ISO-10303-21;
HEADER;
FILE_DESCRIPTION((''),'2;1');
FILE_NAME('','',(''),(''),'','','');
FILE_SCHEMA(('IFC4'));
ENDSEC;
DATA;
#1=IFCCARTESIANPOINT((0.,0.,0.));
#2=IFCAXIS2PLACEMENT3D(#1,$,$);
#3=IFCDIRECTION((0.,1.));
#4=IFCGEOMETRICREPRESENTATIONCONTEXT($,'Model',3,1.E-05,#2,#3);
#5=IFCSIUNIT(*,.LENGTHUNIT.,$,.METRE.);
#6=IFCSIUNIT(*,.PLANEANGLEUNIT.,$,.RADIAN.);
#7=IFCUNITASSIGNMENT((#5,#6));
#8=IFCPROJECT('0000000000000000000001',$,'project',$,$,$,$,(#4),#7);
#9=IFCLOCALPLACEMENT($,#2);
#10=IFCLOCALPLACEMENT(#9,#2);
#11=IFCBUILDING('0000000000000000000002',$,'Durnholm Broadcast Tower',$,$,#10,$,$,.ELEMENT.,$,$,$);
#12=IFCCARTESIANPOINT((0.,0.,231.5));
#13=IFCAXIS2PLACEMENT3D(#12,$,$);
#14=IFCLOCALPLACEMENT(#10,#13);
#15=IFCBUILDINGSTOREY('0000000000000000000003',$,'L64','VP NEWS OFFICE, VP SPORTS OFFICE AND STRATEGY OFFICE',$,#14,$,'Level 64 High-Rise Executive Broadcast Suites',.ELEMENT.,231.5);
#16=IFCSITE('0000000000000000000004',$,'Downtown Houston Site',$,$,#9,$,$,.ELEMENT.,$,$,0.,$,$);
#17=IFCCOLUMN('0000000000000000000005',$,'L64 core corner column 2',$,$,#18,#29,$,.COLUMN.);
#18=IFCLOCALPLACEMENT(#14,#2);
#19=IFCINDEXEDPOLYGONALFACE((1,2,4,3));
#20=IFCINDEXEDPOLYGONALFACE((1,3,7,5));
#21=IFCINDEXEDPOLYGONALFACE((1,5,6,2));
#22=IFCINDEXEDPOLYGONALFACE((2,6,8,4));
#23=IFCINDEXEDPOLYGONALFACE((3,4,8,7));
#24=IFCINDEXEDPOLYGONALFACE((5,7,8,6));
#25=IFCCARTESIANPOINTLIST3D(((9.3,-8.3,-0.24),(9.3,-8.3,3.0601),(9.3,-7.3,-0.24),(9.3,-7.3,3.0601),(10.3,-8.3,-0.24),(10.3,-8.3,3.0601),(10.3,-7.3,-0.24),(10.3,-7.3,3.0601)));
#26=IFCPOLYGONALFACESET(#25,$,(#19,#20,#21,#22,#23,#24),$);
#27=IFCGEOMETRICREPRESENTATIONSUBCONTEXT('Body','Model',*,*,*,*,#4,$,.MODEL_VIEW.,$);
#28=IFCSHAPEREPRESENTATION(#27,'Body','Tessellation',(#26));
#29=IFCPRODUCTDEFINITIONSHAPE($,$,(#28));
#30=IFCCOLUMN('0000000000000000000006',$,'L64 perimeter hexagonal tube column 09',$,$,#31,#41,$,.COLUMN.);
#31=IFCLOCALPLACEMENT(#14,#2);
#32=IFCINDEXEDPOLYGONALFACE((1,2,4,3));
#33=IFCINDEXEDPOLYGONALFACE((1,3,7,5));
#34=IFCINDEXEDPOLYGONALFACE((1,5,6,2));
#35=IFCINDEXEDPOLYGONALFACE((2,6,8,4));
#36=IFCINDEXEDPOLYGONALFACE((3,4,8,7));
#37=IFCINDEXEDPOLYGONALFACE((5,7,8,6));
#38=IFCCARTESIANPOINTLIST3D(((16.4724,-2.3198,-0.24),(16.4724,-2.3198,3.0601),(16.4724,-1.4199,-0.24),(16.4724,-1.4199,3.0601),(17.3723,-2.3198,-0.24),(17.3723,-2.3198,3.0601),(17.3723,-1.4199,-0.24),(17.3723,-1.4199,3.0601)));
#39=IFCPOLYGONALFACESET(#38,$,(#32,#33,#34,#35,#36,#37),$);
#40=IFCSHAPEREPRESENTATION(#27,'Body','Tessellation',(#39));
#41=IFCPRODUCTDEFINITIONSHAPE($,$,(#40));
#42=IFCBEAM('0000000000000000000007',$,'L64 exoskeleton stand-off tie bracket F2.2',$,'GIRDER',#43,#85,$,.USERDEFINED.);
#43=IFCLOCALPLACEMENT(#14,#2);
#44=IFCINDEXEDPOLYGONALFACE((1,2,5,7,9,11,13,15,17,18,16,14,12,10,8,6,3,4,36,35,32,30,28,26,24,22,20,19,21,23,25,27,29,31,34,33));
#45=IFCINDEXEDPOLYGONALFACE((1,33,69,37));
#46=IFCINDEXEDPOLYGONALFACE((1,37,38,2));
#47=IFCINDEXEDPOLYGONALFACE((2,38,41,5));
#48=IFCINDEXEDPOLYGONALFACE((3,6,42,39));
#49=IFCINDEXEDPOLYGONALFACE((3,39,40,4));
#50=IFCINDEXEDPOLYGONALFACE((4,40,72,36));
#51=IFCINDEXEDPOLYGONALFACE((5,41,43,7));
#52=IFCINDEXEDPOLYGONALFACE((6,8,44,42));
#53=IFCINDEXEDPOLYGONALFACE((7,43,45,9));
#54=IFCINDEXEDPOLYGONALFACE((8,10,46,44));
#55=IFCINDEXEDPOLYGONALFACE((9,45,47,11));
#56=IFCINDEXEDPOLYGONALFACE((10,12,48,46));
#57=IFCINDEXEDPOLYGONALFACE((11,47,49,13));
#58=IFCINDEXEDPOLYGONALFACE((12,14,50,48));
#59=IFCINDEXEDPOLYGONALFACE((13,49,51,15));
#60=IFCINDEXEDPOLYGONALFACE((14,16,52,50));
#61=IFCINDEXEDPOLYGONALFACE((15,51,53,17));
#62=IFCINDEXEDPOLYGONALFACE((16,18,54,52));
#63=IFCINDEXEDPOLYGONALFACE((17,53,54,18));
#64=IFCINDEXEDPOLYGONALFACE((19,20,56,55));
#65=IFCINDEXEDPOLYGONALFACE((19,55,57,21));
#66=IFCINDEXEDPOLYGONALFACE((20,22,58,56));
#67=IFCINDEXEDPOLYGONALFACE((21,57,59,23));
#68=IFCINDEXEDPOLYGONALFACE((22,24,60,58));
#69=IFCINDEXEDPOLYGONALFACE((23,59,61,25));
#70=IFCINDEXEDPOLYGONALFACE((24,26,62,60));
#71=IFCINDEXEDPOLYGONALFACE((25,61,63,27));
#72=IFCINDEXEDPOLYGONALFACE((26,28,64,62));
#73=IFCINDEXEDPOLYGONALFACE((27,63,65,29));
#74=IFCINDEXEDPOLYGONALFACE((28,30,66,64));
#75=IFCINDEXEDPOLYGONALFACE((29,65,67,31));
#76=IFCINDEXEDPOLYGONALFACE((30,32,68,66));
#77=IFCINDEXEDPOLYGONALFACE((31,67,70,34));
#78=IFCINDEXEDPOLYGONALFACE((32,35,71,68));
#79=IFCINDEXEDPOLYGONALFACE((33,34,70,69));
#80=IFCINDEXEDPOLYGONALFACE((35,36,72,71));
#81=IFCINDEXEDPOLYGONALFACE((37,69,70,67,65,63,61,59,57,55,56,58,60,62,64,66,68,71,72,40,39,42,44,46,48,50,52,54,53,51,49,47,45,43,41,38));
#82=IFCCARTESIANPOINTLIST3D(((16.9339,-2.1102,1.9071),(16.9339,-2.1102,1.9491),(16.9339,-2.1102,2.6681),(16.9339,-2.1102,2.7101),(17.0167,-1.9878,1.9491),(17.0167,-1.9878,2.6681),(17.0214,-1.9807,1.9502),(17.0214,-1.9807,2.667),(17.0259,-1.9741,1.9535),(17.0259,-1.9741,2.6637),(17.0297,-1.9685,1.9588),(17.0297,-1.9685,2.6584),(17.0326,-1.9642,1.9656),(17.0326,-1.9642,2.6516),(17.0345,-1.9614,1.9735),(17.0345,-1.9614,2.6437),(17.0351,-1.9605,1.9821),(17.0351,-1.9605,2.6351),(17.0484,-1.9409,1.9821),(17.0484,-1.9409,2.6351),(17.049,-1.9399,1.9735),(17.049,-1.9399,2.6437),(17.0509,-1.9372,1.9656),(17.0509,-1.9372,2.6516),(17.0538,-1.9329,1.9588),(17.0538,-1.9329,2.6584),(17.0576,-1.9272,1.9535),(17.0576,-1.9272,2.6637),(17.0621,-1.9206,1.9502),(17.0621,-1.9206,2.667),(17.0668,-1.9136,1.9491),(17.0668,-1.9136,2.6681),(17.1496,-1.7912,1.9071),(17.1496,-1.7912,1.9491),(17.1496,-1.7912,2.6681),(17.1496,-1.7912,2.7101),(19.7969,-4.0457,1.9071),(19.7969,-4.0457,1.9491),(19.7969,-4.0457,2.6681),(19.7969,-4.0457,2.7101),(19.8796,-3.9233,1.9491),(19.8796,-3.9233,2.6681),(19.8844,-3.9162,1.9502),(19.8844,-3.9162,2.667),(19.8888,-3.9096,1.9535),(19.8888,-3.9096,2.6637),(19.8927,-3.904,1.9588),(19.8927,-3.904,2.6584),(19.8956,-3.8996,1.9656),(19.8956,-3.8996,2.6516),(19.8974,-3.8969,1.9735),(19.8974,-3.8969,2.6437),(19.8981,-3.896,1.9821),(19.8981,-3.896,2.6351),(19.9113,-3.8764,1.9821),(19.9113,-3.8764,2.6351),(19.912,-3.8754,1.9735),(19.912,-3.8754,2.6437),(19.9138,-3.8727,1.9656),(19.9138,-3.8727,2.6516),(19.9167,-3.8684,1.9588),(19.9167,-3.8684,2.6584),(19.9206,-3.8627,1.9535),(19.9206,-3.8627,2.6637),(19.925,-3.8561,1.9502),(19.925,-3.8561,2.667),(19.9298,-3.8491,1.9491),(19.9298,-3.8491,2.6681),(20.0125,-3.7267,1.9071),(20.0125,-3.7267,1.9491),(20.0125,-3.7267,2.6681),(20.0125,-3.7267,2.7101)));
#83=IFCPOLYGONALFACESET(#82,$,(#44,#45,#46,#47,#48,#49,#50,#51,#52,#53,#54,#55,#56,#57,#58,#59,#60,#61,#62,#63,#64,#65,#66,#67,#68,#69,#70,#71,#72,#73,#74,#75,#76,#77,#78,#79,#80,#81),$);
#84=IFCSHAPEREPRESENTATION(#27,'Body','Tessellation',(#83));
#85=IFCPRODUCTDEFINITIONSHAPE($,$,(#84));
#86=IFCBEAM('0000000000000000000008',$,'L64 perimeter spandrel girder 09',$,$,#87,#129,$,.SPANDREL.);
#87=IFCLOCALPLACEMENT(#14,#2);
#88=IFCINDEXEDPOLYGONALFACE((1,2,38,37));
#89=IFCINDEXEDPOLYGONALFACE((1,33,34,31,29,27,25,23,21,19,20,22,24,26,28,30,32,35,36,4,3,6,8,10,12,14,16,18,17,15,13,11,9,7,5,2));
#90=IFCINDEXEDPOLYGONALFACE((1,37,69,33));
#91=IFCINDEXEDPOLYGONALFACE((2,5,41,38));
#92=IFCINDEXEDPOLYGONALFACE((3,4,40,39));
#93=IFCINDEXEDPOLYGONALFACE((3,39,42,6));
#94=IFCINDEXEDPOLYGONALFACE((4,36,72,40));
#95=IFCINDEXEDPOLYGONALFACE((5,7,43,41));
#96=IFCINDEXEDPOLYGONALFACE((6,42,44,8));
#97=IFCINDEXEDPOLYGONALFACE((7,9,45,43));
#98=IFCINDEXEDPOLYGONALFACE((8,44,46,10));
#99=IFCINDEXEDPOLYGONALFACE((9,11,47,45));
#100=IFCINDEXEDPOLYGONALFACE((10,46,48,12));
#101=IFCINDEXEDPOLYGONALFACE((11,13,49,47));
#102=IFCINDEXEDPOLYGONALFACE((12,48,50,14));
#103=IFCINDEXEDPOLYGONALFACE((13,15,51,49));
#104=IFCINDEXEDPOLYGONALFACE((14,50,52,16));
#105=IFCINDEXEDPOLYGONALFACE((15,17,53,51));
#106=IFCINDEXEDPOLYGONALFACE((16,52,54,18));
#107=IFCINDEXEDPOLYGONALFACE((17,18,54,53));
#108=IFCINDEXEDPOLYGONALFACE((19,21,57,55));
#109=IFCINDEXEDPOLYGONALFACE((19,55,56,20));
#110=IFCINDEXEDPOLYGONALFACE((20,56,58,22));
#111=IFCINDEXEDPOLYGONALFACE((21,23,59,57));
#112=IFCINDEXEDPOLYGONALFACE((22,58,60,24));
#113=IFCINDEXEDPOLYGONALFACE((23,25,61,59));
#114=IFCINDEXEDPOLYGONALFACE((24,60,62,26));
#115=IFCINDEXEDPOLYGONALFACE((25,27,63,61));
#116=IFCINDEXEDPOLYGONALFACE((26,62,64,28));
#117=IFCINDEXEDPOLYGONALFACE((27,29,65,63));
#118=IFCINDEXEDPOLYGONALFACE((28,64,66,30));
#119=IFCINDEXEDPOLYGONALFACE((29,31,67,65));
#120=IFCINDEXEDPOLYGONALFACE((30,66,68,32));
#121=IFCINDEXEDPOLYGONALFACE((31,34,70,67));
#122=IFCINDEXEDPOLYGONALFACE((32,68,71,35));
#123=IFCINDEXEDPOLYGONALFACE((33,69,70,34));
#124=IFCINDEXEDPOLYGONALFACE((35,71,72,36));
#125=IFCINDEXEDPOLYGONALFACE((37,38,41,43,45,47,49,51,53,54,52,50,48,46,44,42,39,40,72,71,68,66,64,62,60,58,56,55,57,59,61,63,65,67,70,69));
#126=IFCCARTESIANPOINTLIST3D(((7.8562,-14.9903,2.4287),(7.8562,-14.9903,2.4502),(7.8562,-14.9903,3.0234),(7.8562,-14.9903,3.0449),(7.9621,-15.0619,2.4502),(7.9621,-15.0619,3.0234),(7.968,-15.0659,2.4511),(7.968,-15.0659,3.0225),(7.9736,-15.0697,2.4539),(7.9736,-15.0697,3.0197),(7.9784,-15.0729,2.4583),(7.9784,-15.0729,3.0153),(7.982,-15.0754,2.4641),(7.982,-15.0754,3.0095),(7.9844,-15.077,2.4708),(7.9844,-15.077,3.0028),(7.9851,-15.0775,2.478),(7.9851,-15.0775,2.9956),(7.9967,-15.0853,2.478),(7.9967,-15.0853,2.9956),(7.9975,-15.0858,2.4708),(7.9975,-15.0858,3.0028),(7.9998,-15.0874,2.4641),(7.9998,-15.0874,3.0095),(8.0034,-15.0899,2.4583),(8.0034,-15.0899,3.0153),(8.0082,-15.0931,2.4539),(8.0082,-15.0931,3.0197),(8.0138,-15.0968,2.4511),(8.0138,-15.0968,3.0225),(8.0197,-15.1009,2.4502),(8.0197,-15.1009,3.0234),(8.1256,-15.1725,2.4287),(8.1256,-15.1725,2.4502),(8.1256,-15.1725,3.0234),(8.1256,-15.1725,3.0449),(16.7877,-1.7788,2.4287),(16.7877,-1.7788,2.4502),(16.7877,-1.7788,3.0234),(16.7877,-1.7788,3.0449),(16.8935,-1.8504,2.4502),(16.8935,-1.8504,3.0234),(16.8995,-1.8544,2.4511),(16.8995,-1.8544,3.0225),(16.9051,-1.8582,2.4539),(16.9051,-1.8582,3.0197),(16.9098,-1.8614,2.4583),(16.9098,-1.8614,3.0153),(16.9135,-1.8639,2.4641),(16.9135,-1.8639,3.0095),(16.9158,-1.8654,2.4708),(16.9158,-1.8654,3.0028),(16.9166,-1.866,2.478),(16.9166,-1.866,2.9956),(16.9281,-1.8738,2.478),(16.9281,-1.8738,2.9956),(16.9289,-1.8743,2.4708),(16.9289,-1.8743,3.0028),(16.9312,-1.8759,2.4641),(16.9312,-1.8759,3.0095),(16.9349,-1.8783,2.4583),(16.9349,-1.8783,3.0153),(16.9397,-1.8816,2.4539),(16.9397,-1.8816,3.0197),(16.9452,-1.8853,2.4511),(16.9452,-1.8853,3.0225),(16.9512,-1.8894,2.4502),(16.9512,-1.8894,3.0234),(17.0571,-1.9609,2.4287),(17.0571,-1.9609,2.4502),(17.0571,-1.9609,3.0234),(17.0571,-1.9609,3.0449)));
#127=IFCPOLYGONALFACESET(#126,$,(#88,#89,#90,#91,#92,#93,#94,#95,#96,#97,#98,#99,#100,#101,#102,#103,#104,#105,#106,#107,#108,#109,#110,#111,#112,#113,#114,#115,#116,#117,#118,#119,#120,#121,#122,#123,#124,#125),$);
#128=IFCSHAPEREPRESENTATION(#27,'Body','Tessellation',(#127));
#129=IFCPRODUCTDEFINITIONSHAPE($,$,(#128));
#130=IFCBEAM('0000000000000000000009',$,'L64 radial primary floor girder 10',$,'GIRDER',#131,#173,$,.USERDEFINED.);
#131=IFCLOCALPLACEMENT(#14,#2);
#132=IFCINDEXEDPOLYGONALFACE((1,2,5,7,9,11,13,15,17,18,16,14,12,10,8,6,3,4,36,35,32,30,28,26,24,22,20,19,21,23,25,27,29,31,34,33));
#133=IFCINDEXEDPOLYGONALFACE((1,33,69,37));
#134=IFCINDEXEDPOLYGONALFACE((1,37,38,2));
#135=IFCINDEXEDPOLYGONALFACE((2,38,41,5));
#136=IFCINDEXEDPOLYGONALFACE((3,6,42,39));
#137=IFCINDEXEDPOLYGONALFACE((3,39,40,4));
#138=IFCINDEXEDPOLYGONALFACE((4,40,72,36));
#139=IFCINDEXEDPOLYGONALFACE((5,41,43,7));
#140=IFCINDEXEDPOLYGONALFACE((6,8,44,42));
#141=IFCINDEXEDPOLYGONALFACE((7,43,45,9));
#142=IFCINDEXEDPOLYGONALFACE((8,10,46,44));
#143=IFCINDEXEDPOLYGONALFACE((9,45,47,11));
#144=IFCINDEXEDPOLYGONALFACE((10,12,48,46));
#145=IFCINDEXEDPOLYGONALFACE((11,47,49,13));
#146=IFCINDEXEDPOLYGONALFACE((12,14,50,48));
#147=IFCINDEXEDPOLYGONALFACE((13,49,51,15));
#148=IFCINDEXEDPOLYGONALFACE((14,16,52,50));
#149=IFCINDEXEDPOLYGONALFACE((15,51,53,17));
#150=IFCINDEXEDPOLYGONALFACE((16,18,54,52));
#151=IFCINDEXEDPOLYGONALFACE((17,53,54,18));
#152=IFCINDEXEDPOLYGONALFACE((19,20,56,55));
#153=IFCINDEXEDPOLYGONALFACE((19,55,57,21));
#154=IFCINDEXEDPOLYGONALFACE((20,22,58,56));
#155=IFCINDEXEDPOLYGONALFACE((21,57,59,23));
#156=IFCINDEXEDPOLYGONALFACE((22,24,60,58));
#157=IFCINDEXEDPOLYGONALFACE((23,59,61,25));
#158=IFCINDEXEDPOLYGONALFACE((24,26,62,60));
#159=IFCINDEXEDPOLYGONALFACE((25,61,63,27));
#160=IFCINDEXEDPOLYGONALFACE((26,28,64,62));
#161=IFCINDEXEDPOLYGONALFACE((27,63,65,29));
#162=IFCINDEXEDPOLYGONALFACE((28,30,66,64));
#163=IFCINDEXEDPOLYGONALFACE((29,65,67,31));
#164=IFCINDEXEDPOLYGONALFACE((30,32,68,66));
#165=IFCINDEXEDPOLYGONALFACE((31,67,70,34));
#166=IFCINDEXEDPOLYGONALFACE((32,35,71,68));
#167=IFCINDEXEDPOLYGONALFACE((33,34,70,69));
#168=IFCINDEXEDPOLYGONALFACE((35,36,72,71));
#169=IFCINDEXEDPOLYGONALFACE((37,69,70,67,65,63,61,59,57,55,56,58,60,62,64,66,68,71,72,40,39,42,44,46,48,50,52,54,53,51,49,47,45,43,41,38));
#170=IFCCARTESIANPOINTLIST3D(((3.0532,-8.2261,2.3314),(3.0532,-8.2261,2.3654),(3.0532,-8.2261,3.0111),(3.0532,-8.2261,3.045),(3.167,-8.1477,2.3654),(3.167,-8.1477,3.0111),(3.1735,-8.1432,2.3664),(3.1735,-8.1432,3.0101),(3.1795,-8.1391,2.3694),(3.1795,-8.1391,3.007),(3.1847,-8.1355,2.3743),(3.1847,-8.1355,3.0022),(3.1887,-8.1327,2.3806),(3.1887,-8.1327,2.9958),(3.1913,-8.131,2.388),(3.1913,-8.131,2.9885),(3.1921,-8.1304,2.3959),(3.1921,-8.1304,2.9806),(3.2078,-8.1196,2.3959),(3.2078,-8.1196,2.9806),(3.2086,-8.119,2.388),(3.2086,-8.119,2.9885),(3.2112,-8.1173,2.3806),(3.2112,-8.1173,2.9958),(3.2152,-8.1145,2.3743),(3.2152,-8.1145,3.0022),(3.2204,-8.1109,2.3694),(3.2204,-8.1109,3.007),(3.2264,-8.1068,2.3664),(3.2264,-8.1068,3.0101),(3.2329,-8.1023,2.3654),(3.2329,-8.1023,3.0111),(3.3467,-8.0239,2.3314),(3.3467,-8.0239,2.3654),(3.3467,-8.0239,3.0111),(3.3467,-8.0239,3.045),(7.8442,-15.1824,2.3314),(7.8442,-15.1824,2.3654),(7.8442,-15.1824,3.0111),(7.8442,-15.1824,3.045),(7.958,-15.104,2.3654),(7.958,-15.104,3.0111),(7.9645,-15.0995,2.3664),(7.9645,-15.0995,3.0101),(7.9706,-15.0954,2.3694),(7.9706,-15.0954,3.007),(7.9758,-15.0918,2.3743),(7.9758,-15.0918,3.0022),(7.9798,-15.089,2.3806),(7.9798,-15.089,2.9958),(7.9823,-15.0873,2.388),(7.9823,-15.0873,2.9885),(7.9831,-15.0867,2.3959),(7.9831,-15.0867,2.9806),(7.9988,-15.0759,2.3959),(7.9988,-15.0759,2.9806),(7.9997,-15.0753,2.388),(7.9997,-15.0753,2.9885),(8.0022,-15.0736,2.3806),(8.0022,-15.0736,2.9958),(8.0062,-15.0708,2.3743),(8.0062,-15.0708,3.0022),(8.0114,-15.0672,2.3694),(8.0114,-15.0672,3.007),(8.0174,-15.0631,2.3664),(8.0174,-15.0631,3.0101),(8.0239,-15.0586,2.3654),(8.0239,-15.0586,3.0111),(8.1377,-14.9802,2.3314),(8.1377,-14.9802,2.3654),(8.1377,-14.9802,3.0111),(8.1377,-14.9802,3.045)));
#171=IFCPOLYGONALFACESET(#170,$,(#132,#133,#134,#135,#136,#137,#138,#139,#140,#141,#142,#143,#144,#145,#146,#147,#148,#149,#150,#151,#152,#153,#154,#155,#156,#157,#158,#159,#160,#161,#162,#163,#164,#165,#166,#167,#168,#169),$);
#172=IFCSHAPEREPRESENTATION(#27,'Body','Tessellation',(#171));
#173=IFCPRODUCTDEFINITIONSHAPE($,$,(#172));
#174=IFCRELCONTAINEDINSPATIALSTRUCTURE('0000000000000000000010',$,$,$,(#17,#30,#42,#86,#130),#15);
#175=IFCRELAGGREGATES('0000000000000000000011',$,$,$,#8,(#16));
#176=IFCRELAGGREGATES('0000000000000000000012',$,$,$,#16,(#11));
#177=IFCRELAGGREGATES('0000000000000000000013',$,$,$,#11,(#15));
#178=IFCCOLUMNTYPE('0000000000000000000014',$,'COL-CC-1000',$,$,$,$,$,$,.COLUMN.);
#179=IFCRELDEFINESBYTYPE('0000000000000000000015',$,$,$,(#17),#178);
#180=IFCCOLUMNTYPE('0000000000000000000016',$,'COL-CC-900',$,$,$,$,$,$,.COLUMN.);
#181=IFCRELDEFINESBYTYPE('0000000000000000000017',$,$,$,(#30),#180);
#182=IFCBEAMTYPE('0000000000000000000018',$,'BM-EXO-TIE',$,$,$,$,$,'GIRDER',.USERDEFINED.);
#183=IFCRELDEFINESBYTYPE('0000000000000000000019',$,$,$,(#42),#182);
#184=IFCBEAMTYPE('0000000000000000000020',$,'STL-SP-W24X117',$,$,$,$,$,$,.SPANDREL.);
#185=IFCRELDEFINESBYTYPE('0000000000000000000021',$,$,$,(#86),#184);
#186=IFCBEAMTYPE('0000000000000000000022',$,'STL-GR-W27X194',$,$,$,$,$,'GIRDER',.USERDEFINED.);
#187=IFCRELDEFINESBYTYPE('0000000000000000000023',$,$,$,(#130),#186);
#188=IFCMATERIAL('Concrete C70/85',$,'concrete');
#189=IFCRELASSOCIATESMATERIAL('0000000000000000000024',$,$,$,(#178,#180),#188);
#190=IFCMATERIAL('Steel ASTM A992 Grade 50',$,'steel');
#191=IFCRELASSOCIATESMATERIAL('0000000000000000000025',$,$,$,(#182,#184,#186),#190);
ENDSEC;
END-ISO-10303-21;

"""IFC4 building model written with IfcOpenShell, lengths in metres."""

from ifc_helpers import new_model, si_unit, direction, frame, origin, origin_2d, place, context, subcontext, project, spatial, rectangle, i_section, extrude, source, transform, mapped, material, material_profile, profile_set, type_object, type_shapes, element, save


model = new_model("IFC4")

# Units and contexts
model_context = context("Model", 3, precision=1e-05, world=origin(), true_north=direction((0.0, 1.0)))
body_context = subcontext(model_context, "Body", "Model", "MODEL_VIEW")
ifc_project = project(units=[si_unit("LENGTHUNIT", "METRE"), si_unit("PLANEANGLEUNIT", "RADIAN")], contexts=[model_context])

# Site, building, storey
site_placement = place(None, origin())
site = spatial("IfcSite", under=ifc_project, at=site_placement, Name="Downtown Houston Site", CompositionType="ELEMENT", RefElevation=0.0)
building_placement = place(site_placement, origin())
building = spatial("IfcBuilding", under=site, at=building_placement, Name="Durnholm Broadcast Tower", CompositionType="ELEMENT")
storey_placement = place(building_placement, frame((0.0, 0.0, 231.5)))
storey = spatial("IfcBuildingStorey", under=building, at=storey_placement, Name="L64", Description="VP NEWS OFFICE, VP SPORTS OFFICE AND STRATEGY OFFICE", LongName="Level 64 High-Rise Executive Broadcast Suites", CompositionType="ELEMENT", Elevation=231.5)

# Columns
ifc_material_1 = material(Name="Concrete C70/85", Category="concrete")
ifc_material_profile_1 = material_profile(ifc_material_1, rectangle(XDim=1.0, YDim=1.0, at=origin_2d()), Name="RC1000X1000")
ifc_profile_set_1 = profile_set([ifc_material_profile_1], Name="Concrete C70/85")
column_type_1 = type_object("IfcColumnType", Name="COL-CC-1000", PredefinedType="COLUMN", material=ifc_profile_set_1)
shared_shape_1 = source(origin(), body_context, "Body", "SweptSolid", [
    extrude(rectangle(XDim=1.0, YDim=1.0, at=origin_2d()), origin(), (0.0, 0.0, 1.0), 3.3),
])
type_shapes(column_type_1, [shared_shape_1])
column_1_placement = place(storey_placement, frame((9.8, -7.8, -0.24), z_axis=(0.0, 0.0, 1.0), x_axis=(1.0, 0.0, 0.0)))
element("IfcColumn", 1, at=column_1_placement, inside=storey, type_object=column_type_1, Name="L64 core corner column 2", PredefinedType="COLUMN", context=body_context, shape_type="MappedRepresentation", body=[
    mapped(shared_shape_1, transform((0.0, 0.0, 0.0), x_axis=(1.0, 0.0, 0.0), y_axis=(0.0, 1.0, 0.0), z_axis=(0.0, 0.0, 1.0), scale=1.0)),
])
ifc_material_profile_2 = material_profile(ifc_material_1, rectangle(XDim=0.8999, YDim=0.8999, at=origin_2d()), Name="RC900X900")
ifc_profile_set_2 = profile_set([ifc_material_profile_2], Name="Concrete C70/85")
column_type_2 = type_object("IfcColumnType", Name="COL-CC-900", PredefinedType="COLUMN", material=ifc_profile_set_2)
shared_shape_2 = source(origin(), body_context, "Body", "SweptSolid", [
    extrude(rectangle(XDim=0.8999, YDim=0.8999, at=origin_2d()), origin(), (0.0, 0.0, 1.0), 3.3),
])
type_shapes(column_type_2, [shared_shape_2])
column_2_placement = place(storey_placement, frame((16.9224, -1.8699, -0.24), z_axis=(0.0, 0.0, 1.0), x_axis=(1.0, 0.0, 0.0)))
element("IfcColumn", 2, at=column_2_placement, inside=storey, type_object=column_type_2, Name="L64 perimeter hexagonal tube column 09", PredefinedType="COLUMN", context=body_context, shape_type="MappedRepresentation", body=[
    mapped(shared_shape_2, transform((0.0, 0.0, 0.0), x_axis=(1.0, 0.0, 0.0), y_axis=(0.0, 1.0, 0.0), z_axis=(0.0, 0.0, 1.0), scale=1.0)),
])

# Beams
ifc_material_2 = material(Name="Steel ASTM A992 Grade 50", Category="steel")
ifc_material_profile_3 = material_profile(ifc_material_2, i_section(OverallWidth=0.385, OverallDepth=0.803, WebThickness=0.0237, FlangeThickness=0.042, FilletRadius=0.033, at=origin_2d()), Name="W30X261")
ifc_profile_set_3 = profile_set([ifc_material_profile_3], Name="Steel ASTM A992 Grade 50")
beam_type_1 = type_object("IfcBeamType", Name="BM-EXO-TIE", ElementType="GIRDER", PredefinedType="USERDEFINED", material=ifc_profile_set_3)
shared_shape_3 = source(origin(), body_context, "Body", "SweptSolid", [
    extrude(i_section(OverallWidth=0.385, OverallDepth=0.803, WebThickness=0.0237, FlangeThickness=0.042, FilletRadius=0.033, at=origin_2d()), origin(), (0.0, 0.0, 1.0), 3.4558),
])
type_shapes(beam_type_1, [shared_shape_3])
beam_1_placement = place(storey_placement, frame((17.0417, -1.9507, 2.3086), z_axis=(0.828446, -0.560068, 0.0), x_axis=(0.560068, 0.828446, 0.0)))
element("IfcBeam", 3, at=beam_1_placement, inside=storey, type_object=beam_type_1, Name="L64 exoskeleton stand-off tie bracket F2.2", ObjectType="GIRDER", PredefinedType="USERDEFINED", context=body_context, shape_type="MappedRepresentation", body=[
    mapped(shared_shape_3, transform((0.0, 0.0, 0.0), x_axis=(1.0, 0.0, 0.0), y_axis=(0.0, 1.0, 0.0), z_axis=(0.0, 0.0, 1.0), scale=1.0)),
])
ifc_material_profile_4 = material_profile(ifc_material_2, i_section(OverallWidth=0.3252, OverallDepth=0.6162, WebThickness=0.0139, FlangeThickness=0.0215, FilletRadius=0.0278, at=origin_2d()), Name="W24X117")
ifc_profile_set_4 = profile_set([ifc_material_profile_4], Name="Steel ASTM A992 Grade 50")
beam_type_2 = type_object("IfcBeamType", Name="STL-SP-W24X117", PredefinedType="SPANDREL", material=ifc_profile_set_4)
shared_shape_4 = source(origin(), body_context, "Body", "SweptSolid", [
    extrude(i_section(OverallWidth=0.3252, OverallDepth=0.6162, WebThickness=0.0139, FlangeThickness=0.0215, FilletRadius=0.0278, at=origin_2d()), origin(), (0.0, 0.0, 1.0), 15.9473),
])
type_shapes(beam_type_2, [shared_shape_4])
beam_2_placement = place(storey_placement, frame((16.9224, -1.8699, 2.7368), z_axis=(-0.560062, -0.828451, 0.0), x_axis=(0.828451, -0.560062, 0.0)))
element("IfcBeam", 4, at=beam_2_placement, inside=storey, type_object=beam_type_2, Name="L64 perimeter spandrel girder 09", PredefinedType="SPANDREL", context=body_context, shape_type="MappedRepresentation", body=[
    mapped(shared_shape_4, transform((0.0, 0.0, 0.0), x_axis=(1.0, 0.0, 0.0), y_axis=(0.0, 1.0, 0.0), z_axis=(0.0, 0.0, 1.0), scale=1.0)),
])
ifc_material_profile_5 = material_profile(ifc_material_2, i_section(OverallWidth=0.3564, OverallDepth=0.7136, WebThickness=0.019, FlangeThickness=0.0339, FilletRadius=0.0305, at=origin_2d()), Name="W27X194")
ifc_profile_set_5 = profile_set([ifc_material_profile_5], Name="Steel ASTM A992 Grade 50")
beam_type_3 = type_object("IfcBeamType", Name="STL-GR-W27X194", ElementType="GIRDER", PredefinedType="USERDEFINED", material=ifc_profile_set_5)
shared_shape_5 = source(origin(), body_context, "Body", "SweptSolid", [
    extrude(i_section(OverallWidth=0.3564, OverallDepth=0.7136, WebThickness=0.019, FlangeThickness=0.0339, FilletRadius=0.0305, at=origin_2d()), origin(), (0.0, 0.0, 1.0), 8.4465),
])
beam_3_placement = place(storey_placement, frame((3.2, -8.125, 2.6882), z_axis=(0.567217, -0.823569, 0.0), x_axis=(0.823569, 0.567217, 0.0)))
element("IfcBeam", 5, at=beam_3_placement, inside=storey, type_object=beam_type_3, Name="L64 radial primary floor girder 10", ObjectType="GIRDER", PredefinedType="USERDEFINED", context=body_context, shape_type="MappedRepresentation", body=[
    mapped(shared_shape_5, transform((0.0, 0.0, 0.0), x_axis=(1.0, 0.0, 0.0), y_axis=(0.0, 1.0, 0.0), z_axis=(0.0, 0.0, 1.0), scale=1.0)),
])

save(model, "model.ifc")
